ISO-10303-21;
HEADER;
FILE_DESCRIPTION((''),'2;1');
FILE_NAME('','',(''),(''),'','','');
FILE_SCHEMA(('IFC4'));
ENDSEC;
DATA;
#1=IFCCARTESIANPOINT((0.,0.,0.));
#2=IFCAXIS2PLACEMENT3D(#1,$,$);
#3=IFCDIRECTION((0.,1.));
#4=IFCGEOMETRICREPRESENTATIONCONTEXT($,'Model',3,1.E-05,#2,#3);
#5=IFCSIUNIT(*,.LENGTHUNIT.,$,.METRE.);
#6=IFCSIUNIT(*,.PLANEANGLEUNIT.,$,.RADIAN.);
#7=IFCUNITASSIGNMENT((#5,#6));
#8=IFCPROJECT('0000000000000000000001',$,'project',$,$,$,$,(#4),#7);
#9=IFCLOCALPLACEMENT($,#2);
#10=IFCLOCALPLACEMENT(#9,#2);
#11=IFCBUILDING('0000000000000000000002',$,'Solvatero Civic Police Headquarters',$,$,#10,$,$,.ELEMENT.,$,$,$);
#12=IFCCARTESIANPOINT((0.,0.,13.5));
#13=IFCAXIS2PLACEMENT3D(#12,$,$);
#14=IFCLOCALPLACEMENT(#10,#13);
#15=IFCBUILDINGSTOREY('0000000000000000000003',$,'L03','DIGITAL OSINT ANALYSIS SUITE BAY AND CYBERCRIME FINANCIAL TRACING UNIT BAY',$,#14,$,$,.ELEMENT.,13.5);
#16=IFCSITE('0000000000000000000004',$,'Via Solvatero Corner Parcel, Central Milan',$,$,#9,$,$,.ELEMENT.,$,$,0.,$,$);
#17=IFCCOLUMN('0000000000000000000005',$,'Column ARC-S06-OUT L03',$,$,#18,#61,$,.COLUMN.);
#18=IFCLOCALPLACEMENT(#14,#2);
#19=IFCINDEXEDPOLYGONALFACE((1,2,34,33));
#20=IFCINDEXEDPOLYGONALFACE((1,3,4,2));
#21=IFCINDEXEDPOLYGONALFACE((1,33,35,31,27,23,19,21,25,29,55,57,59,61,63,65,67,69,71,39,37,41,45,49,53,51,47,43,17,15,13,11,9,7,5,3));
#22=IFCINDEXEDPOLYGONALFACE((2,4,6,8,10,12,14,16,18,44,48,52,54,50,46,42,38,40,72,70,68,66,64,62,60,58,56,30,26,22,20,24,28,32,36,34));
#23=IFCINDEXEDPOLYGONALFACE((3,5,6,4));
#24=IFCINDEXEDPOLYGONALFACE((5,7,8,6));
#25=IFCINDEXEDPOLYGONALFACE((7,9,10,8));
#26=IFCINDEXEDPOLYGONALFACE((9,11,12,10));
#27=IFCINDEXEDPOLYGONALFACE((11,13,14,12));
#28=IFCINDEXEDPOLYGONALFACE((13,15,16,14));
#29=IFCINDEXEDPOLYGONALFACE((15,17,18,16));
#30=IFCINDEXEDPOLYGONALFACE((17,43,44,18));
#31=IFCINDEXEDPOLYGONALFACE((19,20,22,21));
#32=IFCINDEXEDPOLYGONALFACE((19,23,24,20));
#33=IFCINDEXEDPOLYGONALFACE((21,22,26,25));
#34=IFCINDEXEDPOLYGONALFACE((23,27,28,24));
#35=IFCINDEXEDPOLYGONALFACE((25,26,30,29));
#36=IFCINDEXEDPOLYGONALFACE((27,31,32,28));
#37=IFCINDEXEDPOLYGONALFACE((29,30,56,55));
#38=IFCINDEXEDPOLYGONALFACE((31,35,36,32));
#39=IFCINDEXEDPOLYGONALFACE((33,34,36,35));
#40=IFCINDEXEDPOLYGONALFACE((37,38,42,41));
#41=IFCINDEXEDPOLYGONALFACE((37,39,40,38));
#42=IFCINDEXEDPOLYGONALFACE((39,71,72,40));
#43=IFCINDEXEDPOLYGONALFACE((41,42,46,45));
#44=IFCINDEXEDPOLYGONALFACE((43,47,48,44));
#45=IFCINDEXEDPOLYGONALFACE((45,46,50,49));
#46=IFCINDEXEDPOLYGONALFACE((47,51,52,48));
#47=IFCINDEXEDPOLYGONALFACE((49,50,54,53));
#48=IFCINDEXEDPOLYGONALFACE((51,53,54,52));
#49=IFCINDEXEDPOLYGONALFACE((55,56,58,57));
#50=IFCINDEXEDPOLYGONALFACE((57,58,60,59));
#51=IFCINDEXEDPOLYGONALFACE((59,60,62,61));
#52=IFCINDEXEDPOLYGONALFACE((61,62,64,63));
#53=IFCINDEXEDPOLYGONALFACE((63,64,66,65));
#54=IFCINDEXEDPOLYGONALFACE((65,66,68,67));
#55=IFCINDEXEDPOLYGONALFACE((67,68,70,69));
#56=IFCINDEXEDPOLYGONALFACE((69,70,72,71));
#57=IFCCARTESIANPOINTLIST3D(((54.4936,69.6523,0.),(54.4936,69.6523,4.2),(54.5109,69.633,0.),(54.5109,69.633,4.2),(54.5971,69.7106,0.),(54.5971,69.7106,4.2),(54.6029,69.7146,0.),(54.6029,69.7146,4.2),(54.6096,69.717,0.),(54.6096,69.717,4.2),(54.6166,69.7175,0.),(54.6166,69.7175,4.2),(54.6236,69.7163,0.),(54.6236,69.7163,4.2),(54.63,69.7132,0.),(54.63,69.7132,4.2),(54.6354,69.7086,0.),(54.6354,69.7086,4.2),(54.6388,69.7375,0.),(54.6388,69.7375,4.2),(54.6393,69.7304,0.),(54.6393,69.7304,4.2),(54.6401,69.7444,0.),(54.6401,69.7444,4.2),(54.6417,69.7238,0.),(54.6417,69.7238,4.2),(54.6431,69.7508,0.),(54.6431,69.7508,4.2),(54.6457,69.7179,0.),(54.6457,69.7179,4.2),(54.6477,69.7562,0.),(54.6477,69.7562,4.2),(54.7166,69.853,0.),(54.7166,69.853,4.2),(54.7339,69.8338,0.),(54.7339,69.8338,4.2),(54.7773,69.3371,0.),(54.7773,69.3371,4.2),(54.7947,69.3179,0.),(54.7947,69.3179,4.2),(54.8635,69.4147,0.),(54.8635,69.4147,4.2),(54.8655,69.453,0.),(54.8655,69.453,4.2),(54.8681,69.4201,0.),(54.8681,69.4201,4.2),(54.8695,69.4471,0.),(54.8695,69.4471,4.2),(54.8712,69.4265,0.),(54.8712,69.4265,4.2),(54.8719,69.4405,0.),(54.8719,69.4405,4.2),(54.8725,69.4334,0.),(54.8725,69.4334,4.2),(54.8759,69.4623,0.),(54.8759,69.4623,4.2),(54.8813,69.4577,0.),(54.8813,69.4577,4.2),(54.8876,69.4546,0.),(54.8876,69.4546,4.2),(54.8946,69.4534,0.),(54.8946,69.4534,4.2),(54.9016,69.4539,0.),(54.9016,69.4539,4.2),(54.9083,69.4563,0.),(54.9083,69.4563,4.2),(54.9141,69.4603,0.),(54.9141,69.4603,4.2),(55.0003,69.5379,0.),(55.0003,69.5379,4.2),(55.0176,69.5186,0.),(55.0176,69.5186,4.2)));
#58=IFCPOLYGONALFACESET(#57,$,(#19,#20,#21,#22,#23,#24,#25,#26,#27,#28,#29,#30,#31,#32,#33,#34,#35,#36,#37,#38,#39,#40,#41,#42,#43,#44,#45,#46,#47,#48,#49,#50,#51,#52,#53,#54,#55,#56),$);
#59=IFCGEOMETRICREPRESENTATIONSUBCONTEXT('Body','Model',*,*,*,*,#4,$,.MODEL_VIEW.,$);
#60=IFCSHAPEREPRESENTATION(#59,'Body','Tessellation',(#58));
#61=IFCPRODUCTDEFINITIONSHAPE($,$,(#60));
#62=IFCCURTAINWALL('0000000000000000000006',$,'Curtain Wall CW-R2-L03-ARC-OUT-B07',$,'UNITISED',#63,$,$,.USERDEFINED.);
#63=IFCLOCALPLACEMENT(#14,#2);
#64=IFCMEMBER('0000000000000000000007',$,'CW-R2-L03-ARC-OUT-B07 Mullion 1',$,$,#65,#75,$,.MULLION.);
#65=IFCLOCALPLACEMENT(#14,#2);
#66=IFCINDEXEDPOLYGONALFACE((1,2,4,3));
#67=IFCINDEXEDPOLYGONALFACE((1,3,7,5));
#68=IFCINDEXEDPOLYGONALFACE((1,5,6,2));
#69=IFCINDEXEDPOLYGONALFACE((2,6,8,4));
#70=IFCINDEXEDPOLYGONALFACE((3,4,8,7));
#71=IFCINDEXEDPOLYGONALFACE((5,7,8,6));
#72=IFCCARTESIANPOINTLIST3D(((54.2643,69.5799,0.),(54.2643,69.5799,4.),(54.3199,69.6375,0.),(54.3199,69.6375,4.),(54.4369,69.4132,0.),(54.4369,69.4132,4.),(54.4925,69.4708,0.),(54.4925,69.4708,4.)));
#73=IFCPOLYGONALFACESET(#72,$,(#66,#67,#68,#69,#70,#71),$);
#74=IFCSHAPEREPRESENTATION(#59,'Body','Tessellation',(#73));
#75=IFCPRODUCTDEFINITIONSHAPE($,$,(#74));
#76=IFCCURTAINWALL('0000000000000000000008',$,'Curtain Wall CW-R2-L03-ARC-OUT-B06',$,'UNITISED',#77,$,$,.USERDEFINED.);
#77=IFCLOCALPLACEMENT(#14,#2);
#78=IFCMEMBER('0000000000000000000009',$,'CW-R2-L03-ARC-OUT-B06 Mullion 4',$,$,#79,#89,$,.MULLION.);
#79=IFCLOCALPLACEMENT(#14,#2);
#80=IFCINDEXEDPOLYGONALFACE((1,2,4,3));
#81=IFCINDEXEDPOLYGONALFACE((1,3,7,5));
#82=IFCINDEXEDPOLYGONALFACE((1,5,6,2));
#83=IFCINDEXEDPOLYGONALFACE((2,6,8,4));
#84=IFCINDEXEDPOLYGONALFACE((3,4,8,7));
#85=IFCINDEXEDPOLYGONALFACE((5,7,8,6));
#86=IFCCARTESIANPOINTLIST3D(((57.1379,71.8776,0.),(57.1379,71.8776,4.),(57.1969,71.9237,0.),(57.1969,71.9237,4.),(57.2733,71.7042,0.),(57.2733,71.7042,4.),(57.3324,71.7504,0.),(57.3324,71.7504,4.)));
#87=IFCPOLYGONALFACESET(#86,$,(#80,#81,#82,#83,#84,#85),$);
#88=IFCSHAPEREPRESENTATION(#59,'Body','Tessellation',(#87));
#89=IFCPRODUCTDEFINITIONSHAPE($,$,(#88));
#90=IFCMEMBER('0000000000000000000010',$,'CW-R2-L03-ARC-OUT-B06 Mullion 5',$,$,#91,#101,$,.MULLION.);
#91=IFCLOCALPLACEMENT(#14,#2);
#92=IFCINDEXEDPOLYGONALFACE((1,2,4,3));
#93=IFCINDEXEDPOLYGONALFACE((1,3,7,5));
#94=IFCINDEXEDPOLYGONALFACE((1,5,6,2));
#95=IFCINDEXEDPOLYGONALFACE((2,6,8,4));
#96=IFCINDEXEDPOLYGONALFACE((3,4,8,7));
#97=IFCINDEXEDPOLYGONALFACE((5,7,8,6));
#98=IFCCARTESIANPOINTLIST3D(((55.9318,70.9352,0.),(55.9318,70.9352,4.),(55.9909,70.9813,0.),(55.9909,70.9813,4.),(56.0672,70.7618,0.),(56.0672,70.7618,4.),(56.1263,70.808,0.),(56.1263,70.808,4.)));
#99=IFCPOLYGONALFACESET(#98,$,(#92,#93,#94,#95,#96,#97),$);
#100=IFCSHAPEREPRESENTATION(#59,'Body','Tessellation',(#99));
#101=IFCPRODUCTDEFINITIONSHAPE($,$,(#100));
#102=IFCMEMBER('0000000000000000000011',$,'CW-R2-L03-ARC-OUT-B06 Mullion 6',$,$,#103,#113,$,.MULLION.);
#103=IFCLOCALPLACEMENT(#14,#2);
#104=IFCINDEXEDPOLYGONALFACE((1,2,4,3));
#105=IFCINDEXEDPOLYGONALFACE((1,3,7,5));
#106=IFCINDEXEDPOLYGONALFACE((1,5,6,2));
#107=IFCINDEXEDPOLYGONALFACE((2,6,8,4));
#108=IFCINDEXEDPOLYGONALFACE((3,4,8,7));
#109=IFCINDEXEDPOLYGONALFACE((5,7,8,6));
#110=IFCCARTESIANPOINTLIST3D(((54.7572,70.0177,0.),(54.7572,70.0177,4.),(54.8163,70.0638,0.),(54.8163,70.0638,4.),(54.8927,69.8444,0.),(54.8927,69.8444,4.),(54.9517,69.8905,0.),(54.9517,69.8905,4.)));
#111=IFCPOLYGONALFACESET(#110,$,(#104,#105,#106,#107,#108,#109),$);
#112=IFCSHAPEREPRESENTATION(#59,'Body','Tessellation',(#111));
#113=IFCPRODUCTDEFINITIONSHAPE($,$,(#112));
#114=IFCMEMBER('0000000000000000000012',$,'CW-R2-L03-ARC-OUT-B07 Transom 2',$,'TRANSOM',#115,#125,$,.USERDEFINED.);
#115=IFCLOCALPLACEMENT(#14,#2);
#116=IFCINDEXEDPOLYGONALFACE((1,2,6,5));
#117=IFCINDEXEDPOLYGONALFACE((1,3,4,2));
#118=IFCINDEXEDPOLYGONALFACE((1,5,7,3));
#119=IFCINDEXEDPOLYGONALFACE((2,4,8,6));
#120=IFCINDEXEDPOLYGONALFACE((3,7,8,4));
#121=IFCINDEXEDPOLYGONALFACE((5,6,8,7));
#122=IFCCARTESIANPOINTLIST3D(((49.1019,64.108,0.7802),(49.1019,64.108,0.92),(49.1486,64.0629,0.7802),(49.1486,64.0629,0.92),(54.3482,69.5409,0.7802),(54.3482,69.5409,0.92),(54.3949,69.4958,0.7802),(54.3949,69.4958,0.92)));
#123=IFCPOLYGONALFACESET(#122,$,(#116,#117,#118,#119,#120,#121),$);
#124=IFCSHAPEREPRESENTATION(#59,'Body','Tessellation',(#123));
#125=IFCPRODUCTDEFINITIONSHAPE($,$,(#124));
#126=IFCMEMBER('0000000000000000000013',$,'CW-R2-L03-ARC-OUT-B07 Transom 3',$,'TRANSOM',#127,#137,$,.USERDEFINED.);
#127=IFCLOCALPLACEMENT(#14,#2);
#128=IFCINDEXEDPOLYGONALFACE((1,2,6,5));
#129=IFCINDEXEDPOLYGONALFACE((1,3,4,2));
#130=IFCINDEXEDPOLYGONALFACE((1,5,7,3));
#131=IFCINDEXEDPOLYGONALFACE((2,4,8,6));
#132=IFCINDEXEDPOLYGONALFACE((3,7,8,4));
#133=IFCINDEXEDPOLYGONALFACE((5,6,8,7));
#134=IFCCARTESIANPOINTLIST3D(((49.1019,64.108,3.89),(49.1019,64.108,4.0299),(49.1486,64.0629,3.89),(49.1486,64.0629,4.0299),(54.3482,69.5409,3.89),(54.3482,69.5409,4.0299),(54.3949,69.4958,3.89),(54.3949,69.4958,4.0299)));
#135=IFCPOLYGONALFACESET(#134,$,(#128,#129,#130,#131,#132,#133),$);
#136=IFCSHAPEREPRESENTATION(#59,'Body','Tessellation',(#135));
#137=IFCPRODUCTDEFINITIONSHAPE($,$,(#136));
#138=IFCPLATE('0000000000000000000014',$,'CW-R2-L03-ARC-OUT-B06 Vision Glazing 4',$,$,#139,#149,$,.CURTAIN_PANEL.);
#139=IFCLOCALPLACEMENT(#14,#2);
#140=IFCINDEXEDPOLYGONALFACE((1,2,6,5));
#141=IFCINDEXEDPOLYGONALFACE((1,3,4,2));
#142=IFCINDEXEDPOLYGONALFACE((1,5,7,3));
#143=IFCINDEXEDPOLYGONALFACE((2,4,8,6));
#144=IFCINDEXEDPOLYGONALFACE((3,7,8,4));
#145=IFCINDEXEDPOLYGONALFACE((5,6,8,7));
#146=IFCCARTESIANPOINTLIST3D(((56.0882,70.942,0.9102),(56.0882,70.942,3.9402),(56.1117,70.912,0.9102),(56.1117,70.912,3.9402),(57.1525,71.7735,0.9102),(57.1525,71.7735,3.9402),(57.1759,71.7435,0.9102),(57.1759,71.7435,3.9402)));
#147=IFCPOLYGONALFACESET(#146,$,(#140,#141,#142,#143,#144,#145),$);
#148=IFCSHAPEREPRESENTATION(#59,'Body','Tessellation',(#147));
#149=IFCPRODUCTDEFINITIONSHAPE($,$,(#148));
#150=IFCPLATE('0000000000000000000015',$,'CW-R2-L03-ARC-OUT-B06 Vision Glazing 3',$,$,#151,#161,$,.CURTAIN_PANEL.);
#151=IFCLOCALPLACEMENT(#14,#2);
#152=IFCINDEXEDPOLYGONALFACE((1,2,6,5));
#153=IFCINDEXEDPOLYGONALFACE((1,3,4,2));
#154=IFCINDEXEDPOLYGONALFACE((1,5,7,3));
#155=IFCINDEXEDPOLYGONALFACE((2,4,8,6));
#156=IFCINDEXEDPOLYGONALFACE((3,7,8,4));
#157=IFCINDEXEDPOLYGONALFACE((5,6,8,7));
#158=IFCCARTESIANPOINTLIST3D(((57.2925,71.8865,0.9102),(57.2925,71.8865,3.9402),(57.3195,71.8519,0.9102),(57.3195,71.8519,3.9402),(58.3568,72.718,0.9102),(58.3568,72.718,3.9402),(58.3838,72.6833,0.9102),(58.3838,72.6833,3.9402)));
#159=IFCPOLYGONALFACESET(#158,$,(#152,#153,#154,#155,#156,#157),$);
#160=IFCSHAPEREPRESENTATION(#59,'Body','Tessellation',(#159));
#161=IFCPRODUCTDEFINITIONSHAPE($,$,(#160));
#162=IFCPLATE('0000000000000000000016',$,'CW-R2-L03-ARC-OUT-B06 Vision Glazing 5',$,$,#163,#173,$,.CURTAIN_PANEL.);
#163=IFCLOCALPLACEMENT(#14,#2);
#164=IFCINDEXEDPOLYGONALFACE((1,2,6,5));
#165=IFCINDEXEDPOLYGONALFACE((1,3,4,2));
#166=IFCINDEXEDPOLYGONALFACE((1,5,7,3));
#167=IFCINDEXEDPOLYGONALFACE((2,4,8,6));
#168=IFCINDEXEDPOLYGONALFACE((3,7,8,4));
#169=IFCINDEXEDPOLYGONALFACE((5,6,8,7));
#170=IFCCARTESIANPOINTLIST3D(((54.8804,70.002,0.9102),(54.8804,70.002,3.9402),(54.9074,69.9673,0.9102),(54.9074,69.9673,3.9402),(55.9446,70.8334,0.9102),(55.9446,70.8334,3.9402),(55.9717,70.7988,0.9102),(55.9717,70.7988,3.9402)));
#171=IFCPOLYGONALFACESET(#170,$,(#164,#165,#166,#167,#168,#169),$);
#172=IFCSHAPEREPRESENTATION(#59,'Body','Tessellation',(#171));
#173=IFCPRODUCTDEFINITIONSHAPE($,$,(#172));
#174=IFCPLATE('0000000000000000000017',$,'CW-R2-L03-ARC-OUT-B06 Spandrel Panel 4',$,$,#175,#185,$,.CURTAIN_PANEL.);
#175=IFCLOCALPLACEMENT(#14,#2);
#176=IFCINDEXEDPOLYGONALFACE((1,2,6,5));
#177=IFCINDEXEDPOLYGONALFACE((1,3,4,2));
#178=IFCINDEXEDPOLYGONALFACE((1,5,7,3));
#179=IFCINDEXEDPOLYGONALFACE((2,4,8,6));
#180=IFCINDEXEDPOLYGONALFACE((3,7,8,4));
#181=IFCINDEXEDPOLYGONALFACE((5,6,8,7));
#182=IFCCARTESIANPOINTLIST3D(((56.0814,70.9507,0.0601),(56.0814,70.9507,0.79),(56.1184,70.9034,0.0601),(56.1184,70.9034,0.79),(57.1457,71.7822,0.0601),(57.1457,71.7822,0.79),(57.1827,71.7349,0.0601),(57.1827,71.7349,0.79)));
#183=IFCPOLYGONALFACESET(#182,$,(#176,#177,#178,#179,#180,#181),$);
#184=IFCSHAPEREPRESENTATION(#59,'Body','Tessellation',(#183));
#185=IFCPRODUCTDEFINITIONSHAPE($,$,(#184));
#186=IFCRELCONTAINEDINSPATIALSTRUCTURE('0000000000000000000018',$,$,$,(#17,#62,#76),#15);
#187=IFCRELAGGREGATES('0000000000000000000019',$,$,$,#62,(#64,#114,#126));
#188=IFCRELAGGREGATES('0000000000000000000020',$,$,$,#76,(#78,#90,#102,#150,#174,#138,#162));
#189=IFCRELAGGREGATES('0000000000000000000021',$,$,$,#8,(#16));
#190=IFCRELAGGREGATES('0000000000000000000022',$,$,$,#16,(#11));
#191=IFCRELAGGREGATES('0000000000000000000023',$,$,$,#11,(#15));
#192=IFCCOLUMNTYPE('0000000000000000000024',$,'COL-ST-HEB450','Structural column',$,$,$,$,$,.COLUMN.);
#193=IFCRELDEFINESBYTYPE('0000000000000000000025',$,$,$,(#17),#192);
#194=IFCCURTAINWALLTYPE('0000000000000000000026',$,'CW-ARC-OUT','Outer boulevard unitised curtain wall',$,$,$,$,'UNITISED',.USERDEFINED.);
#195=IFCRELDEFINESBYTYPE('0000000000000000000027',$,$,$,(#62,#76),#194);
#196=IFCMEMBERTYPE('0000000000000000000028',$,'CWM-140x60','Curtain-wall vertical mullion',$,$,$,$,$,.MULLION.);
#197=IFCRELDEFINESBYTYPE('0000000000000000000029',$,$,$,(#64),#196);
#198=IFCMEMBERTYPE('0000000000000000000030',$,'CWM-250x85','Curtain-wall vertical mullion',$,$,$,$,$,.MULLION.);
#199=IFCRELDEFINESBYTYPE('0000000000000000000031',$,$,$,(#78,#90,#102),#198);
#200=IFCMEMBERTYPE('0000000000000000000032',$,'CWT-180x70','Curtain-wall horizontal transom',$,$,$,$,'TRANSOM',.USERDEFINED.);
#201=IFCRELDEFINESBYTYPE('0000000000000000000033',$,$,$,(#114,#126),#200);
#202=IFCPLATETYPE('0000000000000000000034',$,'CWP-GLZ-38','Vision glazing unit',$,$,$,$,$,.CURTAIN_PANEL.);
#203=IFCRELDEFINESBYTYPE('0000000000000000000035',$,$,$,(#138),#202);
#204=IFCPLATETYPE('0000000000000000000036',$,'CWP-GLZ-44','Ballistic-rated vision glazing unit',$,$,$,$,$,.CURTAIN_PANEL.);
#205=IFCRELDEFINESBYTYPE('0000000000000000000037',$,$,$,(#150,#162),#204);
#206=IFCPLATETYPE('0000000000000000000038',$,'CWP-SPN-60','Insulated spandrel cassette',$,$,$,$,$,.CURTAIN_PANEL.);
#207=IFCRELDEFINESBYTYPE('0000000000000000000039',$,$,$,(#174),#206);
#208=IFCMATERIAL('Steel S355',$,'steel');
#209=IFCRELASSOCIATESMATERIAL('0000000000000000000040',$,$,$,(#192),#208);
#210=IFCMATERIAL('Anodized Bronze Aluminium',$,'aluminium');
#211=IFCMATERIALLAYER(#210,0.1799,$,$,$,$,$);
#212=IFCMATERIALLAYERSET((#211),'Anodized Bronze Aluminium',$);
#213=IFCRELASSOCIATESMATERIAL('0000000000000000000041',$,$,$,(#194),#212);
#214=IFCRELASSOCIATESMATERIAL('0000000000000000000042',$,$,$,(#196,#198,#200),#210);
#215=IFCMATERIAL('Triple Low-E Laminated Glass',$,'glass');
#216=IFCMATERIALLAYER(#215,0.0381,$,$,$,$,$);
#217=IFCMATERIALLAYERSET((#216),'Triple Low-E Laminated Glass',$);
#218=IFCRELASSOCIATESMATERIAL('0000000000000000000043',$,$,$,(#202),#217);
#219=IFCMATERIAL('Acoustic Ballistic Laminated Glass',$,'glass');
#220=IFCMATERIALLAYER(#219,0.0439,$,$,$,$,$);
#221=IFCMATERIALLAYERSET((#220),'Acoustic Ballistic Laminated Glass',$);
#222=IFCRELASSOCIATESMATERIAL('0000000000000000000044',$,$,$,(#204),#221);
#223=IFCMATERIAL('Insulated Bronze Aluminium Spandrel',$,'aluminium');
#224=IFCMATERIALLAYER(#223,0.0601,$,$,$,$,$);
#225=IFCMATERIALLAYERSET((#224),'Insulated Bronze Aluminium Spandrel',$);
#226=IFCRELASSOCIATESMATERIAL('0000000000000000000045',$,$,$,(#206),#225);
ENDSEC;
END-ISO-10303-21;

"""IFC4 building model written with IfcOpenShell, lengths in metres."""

from ifc_helpers import new_model, si_unit, direction, frame, origin, origin_2d, place, context, subcontext, project, spatial, rectangle, i_section, extrude, material, layer, layer_set, material_profile, profile_set, type_object, element, aggregate, save


model = new_model("IFC4")

# Units and contexts
model_context = context("Model", 3, precision=1e-05, world=origin(), true_north=direction((0.0, 1.0)))
body_context = subcontext(model_context, "Body", "Model", "MODEL_VIEW")
ifc_project = project(units=[si_unit("LENGTHUNIT", "METRE"), si_unit("PLANEANGLEUNIT", "RADIAN")], contexts=[model_context])

# Site, building, storey
site_placement = place(None, origin())
site = spatial("IfcSite", under=ifc_project, at=site_placement, Name="Via Solvatero Corner Parcel, Central Milan", CompositionType="ELEMENT", RefElevation=0.0)
building_placement = place(site_placement, origin())
building = spatial("IfcBuilding", under=site, at=building_placement, Name="Solvatero Civic Police Headquarters", CompositionType="ELEMENT")
storey_placement = place(building_placement, frame((0.0, 0.0, 13.5)))
storey = spatial("IfcBuildingStorey", under=building, at=storey_placement, Name="L03", Description="DIGITAL OSINT ANALYSIS SUITE BAY AND CYBERCRIME FINANCIAL TRACING UNIT BAY", CompositionType="ELEMENT", Elevation=13.5)

# Column
ifc_material_1 = material(Name="Steel S355", Category="steel")
ifc_material_profile_1 = material_profile(ifc_material_1, i_section(OverallWidth=0.3, OverallDepth=0.45, WebThickness=0.0139, FlangeThickness=0.0259, FilletRadius=0.0271, at=origin_2d()), Name="HEB 450")
ifc_profile_set_1 = profile_set([ifc_material_profile_1], Name="Steel S355")
column_type = type_object("IfcColumnType", Name="COL-ST-HEB450", Description="Structural column", PredefinedType="COLUMN", material=ifc_profile_set_1)
column_placement = place(storey_placement, frame((54.7556, 69.5854, 0.0), z_axis=(0.0, 0.0, 1.0), x_axis=(0.743145, 0.669131, 0.0)))
element("IfcColumn", 1, at=column_placement, inside=storey, type_object=column_type, Name="Column ARC-S06-OUT L03", PredefinedType="COLUMN", context=body_context, shape_type="SweptSolid", body=[
    extrude(i_section(OverallWidth=0.3, OverallDepth=0.45, WebThickness=0.0139, FlangeThickness=0.0259, FilletRadius=0.0271, at=origin_2d()), origin(), (0.0, 0.0, 1.0), 4.2),
])

# Curtain wall, member
ifc_material_2 = material(Name="Anodized Bronze Aluminium", Category="aluminium")
ifc_layer_1 = layer(ifc_material_2, 0.1799)
ifc_layer_set_1 = layer_set([ifc_layer_1], Name="Anodized Bronze Aluminium")
curtain_wall_type = type_object("IfcCurtainWallType", Name="CW-ARC-OUT", Description="Outer boulevard unitised curtain wall", ElementType="UNITISED", PredefinedType="USERDEFINED", material=ifc_layer_set_1)
curtain_wall_1_placement = place(storey_placement, origin())
curtain_wall_1 = element("IfcCurtainWall", 2, at=curtain_wall_1_placement, inside=storey, type_object=curtain_wall_type, Name="Curtain Wall CW-R2-L03-ARC-OUT-B07", ObjectType="UNITISED", PredefinedType="USERDEFINED")
ifc_material_profile_2 = material_profile(ifc_material_2, rectangle(XDim=0.0801, YDim=0.24, at=origin_2d()), Name="ALU MULLION 80x240")
ifc_profile_set_2 = profile_set([ifc_material_profile_2], Name="Anodized Bronze Aluminium")
member_type_1 = type_object("IfcMemberType", Name="CWM-140x60", Description="Curtain-wall vertical mullion", PredefinedType="MULLION", material=ifc_profile_set_2)
member_1_placement = place(storey_placement, frame((54.3784, 69.5254, 0.0), z_axis=(0.0, 0.0, 1.0), x_axis=(-0.694646, -0.719352, 0.0)))
member_1 = element("IfcMember", 3, at=member_1_placement, type_object=member_type_1, Name="CW-R2-L03-ARC-OUT-B07 Mullion 1", PredefinedType="MULLION", context=body_context, shape_type="SweptSolid", body=[
    extrude(rectangle(XDim=0.0801, YDim=0.24, at=origin_2d()), origin(), (0.0, 0.0, 1.0), 4.0),
])

# Curtain wall, members
curtain_wall_2_placement = place(storey_placement, origin())
curtain_wall_2 = element("IfcCurtainWall", 4, at=curtain_wall_2_placement, inside=storey, type_object=curtain_wall_type, Name="Curtain Wall CW-R2-L03-ARC-OUT-B06", ObjectType="UNITISED", PredefinedType="USERDEFINED")
ifc_material_profile_3 = material_profile(ifc_material_2, rectangle(XDim=0.075, YDim=0.22, at=origin_2d()), Name="ALU MULLION 75x220")
ifc_profile_set_3 = profile_set([ifc_material_profile_3], Name="Anodized Bronze Aluminium")
member_type_2 = type_object("IfcMemberType", Name="CWM-250x85", Description="Curtain-wall vertical mullion", PredefinedType="MULLION", material=ifc_profile_set_3)
member_2_placement = place(storey_placement, frame((57.2351, 71.814, 0.0), z_axis=(0.0, 0.0, 1.0), x_axis=(-0.788021, -0.615648, 0.0)))
member_2 = element("IfcMember", 5, at=member_2_placement, type_object=member_type_2, Name="CW-R2-L03-ARC-OUT-B06 Mullion 4", PredefinedType="MULLION", context=body_context, shape_type="SweptSolid", body=[
    extrude(rectangle(XDim=0.075, YDim=0.22, at=origin_2d()), origin(), (0.0, 0.0, 1.0), 4.0),
])
member_3_placement = place(storey_placement, frame((56.0291, 70.8716, 0.0), z_axis=(0.0, 0.0, 1.0), x_axis=(-0.788021, -0.615648, 0.0)))
member_3 = element("IfcMember", 6, at=member_3_placement, type_object=member_type_2, Name="CW-R2-L03-ARC-OUT-B06 Mullion 5", PredefinedType="MULLION", context=body_context, shape_type="SweptSolid", body=[
    extrude(rectangle(XDim=0.075, YDim=0.22, at=origin_2d()), origin(), (0.0, 0.0, 1.0), 4.0),
])
member_4_placement = place(storey_placement, frame((54.8545, 69.9541, 0.0), z_axis=(0.0, 0.0, 1.0), x_axis=(-0.788021, -0.615648, 0.0)))
member_4 = element("IfcMember", 7, at=member_4_placement, type_object=member_type_2, Name="CW-R2-L03-ARC-OUT-B06 Mullion 6", PredefinedType="MULLION", context=body_context, shape_type="SweptSolid", body=[
    extrude(rectangle(XDim=0.075, YDim=0.22, at=origin_2d()), origin(), (0.0, 0.0, 1.0), 4.0),
])

# Members
ifc_material_profile_4 = material_profile(ifc_material_2, rectangle(XDim=0.0649, YDim=0.1399, at=origin_2d()), Name="ALU TRANSOM 65x140")
ifc_profile_set_4 = profile_set([ifc_material_profile_4], Name="Anodized Bronze Aluminium")
member_type_3 = type_object("IfcMemberType", Name="CWT-180x70", Description="Curtain-wall horizontal transom", ElementType="TRANSOM", PredefinedType="USERDEFINED", material=ifc_profile_set_4)
member_5_placement = place(storey_placement, frame((54.3716, 69.5183, 0.8501), z_axis=(-0.69465, -0.719347, 0.0), x_axis=(0.719347, -0.69465, 0.0)))
member_5 = element("IfcMember", 8, at=member_5_placement, type_object=member_type_3, Name="CW-R2-L03-ARC-OUT-B07 Transom 2", ObjectType="TRANSOM", PredefinedType="USERDEFINED", context=body_context, shape_type="SweptSolid", body=[
    extrude(rectangle(XDim=0.0649, YDim=0.1399, at=origin_2d()), origin(), (0.0, 0.0, 1.0), 7.5525),
])
member_6_placement = place(storey_placement, frame((54.3716, 69.5183, 3.96), z_axis=(-0.69465, -0.719347, 0.0), x_axis=(0.719347, -0.69465, 0.0)))
member_6 = element("IfcMember", 9, at=member_6_placement, type_object=member_type_3, Name="CW-R2-L03-ARC-OUT-B07 Transom 3", ObjectType="TRANSOM", PredefinedType="USERDEFINED", context=body_context, shape_type="SweptSolid", body=[
    extrude(rectangle(XDim=0.0649, YDim=0.1399, at=origin_2d()), origin(), (0.0, 0.0, 1.0), 7.5525),
])
aggregate(curtain_wall_1, [member_1, member_5, member_6])

# Plates
ifc_material_3 = material(Name="Triple Low-E Laminated Glass", Category="glass")
ifc_layer_2 = layer(ifc_material_3, 0.0381)
ifc_layer_set_2 = layer_set([ifc_layer_2], Name="Triple Low-E Laminated Glass")
plate_type_1 = type_object("IfcPlateType", Name="CWP-GLZ-38", Description="Vision glazing unit", PredefinedType="CURTAIN_PANEL", material=ifc_layer_set_2)
plate_1_placement = place(storey_placement, frame((56.6321, 71.3428, 0.9102), z_axis=(0.0, 0.0, 1.0), x_axis=(-0.788021, -0.615648, 0.0)))
plate_1 = element("IfcPlate", 10, at=plate_1_placement, type_object=plate_type_1, Name="CW-R2-L03-ARC-OUT-B06 Vision Glazing 4", PredefinedType="CURTAIN_PANEL", context=body_context, shape_type="SweptSolid", body=[
    extrude(rectangle(XDim=1.3506, YDim=0.0381, at=origin_2d()), origin(), (0.0, 0.0, 1.0), 3.03),
])
ifc_material_4 = material(Name="Acoustic Ballistic Laminated Glass", Category="glass")
ifc_layer_3 = layer(ifc_material_4, 0.0439)
ifc_layer_set_3 = layer_set([ifc_layer_3], Name="Acoustic Ballistic Laminated Glass")
plate_type_2 = type_object("IfcPlateType", Name="CWP-GLZ-44", Description="Ballistic-rated vision glazing unit", PredefinedType="CURTAIN_PANEL", material=ifc_layer_set_3)
plate_2_placement = place(storey_placement, frame((57.8381, 72.2849, 0.9102), z_axis=(0.0, 0.0, 1.0), x_axis=(-0.788021, -0.615648, 0.0)))
plate_2 = element("IfcPlate", 11, at=plate_2_placement, type_object=plate_type_2, Name="CW-R2-L03-ARC-OUT-B06 Vision Glazing 3", PredefinedType="CURTAIN_PANEL", context=body_context, shape_type="SweptSolid", body=[
    extrude(rectangle(XDim=1.3506, YDim=0.0439, at=origin_2d()), origin(), (0.0, 0.0, 1.0), 3.03),
])
plate_3_placement = place(storey_placement, frame((55.426, 70.4004, 0.9102), z_axis=(0.0, 0.0, 1.0), x_axis=(-0.788021, -0.615648, 0.0)))
plate_3 = element("IfcPlate", 12, at=plate_3_placement, type_object=plate_type_2, Name="CW-R2-L03-ARC-OUT-B06 Vision Glazing 5", PredefinedType="CURTAIN_PANEL", context=body_context, shape_type="SweptSolid", body=[
    extrude(rectangle(XDim=1.3506, YDim=0.0439, at=origin_2d()), origin(), (0.0, 0.0, 1.0), 3.03),
])
ifc_material_5 = material(Name="Insulated Bronze Aluminium Spandrel", Category="aluminium")
ifc_layer_4 = layer(ifc_material_5, 0.0601)
ifc_layer_set_4 = layer_set([ifc_layer_4], Name="Insulated Bronze Aluminium Spandrel")
plate_type_3 = type_object("IfcPlateType", Name="CWP-SPN-60", Description="Insulated spandrel cassette", PredefinedType="CURTAIN_PANEL", material=ifc_layer_set_4)
plate_4_placement = place(storey_placement, frame((56.6321, 71.3428, 0.0601), z_axis=(0.0, 0.0, 1.0), x_axis=(-0.788021, -0.615648, 0.0)))
plate_4 = element("IfcPlate", 13, at=plate_4_placement, type_object=plate_type_3, Name="CW-R2-L03-ARC-OUT-B06 Spandrel Panel 4", PredefinedType="CURTAIN_PANEL", context=body_context, shape_type="SweptSolid", body=[
    extrude(rectangle(XDim=1.3506, YDim=0.0601, at=origin_2d()), origin(), (0.0, 0.0, 1.0), 0.73),
])
aggregate(curtain_wall_2, [member_2, member_3, member_4, plate_2, plate_4, plate_1, plate_3])

save(model, "model.ifc")
